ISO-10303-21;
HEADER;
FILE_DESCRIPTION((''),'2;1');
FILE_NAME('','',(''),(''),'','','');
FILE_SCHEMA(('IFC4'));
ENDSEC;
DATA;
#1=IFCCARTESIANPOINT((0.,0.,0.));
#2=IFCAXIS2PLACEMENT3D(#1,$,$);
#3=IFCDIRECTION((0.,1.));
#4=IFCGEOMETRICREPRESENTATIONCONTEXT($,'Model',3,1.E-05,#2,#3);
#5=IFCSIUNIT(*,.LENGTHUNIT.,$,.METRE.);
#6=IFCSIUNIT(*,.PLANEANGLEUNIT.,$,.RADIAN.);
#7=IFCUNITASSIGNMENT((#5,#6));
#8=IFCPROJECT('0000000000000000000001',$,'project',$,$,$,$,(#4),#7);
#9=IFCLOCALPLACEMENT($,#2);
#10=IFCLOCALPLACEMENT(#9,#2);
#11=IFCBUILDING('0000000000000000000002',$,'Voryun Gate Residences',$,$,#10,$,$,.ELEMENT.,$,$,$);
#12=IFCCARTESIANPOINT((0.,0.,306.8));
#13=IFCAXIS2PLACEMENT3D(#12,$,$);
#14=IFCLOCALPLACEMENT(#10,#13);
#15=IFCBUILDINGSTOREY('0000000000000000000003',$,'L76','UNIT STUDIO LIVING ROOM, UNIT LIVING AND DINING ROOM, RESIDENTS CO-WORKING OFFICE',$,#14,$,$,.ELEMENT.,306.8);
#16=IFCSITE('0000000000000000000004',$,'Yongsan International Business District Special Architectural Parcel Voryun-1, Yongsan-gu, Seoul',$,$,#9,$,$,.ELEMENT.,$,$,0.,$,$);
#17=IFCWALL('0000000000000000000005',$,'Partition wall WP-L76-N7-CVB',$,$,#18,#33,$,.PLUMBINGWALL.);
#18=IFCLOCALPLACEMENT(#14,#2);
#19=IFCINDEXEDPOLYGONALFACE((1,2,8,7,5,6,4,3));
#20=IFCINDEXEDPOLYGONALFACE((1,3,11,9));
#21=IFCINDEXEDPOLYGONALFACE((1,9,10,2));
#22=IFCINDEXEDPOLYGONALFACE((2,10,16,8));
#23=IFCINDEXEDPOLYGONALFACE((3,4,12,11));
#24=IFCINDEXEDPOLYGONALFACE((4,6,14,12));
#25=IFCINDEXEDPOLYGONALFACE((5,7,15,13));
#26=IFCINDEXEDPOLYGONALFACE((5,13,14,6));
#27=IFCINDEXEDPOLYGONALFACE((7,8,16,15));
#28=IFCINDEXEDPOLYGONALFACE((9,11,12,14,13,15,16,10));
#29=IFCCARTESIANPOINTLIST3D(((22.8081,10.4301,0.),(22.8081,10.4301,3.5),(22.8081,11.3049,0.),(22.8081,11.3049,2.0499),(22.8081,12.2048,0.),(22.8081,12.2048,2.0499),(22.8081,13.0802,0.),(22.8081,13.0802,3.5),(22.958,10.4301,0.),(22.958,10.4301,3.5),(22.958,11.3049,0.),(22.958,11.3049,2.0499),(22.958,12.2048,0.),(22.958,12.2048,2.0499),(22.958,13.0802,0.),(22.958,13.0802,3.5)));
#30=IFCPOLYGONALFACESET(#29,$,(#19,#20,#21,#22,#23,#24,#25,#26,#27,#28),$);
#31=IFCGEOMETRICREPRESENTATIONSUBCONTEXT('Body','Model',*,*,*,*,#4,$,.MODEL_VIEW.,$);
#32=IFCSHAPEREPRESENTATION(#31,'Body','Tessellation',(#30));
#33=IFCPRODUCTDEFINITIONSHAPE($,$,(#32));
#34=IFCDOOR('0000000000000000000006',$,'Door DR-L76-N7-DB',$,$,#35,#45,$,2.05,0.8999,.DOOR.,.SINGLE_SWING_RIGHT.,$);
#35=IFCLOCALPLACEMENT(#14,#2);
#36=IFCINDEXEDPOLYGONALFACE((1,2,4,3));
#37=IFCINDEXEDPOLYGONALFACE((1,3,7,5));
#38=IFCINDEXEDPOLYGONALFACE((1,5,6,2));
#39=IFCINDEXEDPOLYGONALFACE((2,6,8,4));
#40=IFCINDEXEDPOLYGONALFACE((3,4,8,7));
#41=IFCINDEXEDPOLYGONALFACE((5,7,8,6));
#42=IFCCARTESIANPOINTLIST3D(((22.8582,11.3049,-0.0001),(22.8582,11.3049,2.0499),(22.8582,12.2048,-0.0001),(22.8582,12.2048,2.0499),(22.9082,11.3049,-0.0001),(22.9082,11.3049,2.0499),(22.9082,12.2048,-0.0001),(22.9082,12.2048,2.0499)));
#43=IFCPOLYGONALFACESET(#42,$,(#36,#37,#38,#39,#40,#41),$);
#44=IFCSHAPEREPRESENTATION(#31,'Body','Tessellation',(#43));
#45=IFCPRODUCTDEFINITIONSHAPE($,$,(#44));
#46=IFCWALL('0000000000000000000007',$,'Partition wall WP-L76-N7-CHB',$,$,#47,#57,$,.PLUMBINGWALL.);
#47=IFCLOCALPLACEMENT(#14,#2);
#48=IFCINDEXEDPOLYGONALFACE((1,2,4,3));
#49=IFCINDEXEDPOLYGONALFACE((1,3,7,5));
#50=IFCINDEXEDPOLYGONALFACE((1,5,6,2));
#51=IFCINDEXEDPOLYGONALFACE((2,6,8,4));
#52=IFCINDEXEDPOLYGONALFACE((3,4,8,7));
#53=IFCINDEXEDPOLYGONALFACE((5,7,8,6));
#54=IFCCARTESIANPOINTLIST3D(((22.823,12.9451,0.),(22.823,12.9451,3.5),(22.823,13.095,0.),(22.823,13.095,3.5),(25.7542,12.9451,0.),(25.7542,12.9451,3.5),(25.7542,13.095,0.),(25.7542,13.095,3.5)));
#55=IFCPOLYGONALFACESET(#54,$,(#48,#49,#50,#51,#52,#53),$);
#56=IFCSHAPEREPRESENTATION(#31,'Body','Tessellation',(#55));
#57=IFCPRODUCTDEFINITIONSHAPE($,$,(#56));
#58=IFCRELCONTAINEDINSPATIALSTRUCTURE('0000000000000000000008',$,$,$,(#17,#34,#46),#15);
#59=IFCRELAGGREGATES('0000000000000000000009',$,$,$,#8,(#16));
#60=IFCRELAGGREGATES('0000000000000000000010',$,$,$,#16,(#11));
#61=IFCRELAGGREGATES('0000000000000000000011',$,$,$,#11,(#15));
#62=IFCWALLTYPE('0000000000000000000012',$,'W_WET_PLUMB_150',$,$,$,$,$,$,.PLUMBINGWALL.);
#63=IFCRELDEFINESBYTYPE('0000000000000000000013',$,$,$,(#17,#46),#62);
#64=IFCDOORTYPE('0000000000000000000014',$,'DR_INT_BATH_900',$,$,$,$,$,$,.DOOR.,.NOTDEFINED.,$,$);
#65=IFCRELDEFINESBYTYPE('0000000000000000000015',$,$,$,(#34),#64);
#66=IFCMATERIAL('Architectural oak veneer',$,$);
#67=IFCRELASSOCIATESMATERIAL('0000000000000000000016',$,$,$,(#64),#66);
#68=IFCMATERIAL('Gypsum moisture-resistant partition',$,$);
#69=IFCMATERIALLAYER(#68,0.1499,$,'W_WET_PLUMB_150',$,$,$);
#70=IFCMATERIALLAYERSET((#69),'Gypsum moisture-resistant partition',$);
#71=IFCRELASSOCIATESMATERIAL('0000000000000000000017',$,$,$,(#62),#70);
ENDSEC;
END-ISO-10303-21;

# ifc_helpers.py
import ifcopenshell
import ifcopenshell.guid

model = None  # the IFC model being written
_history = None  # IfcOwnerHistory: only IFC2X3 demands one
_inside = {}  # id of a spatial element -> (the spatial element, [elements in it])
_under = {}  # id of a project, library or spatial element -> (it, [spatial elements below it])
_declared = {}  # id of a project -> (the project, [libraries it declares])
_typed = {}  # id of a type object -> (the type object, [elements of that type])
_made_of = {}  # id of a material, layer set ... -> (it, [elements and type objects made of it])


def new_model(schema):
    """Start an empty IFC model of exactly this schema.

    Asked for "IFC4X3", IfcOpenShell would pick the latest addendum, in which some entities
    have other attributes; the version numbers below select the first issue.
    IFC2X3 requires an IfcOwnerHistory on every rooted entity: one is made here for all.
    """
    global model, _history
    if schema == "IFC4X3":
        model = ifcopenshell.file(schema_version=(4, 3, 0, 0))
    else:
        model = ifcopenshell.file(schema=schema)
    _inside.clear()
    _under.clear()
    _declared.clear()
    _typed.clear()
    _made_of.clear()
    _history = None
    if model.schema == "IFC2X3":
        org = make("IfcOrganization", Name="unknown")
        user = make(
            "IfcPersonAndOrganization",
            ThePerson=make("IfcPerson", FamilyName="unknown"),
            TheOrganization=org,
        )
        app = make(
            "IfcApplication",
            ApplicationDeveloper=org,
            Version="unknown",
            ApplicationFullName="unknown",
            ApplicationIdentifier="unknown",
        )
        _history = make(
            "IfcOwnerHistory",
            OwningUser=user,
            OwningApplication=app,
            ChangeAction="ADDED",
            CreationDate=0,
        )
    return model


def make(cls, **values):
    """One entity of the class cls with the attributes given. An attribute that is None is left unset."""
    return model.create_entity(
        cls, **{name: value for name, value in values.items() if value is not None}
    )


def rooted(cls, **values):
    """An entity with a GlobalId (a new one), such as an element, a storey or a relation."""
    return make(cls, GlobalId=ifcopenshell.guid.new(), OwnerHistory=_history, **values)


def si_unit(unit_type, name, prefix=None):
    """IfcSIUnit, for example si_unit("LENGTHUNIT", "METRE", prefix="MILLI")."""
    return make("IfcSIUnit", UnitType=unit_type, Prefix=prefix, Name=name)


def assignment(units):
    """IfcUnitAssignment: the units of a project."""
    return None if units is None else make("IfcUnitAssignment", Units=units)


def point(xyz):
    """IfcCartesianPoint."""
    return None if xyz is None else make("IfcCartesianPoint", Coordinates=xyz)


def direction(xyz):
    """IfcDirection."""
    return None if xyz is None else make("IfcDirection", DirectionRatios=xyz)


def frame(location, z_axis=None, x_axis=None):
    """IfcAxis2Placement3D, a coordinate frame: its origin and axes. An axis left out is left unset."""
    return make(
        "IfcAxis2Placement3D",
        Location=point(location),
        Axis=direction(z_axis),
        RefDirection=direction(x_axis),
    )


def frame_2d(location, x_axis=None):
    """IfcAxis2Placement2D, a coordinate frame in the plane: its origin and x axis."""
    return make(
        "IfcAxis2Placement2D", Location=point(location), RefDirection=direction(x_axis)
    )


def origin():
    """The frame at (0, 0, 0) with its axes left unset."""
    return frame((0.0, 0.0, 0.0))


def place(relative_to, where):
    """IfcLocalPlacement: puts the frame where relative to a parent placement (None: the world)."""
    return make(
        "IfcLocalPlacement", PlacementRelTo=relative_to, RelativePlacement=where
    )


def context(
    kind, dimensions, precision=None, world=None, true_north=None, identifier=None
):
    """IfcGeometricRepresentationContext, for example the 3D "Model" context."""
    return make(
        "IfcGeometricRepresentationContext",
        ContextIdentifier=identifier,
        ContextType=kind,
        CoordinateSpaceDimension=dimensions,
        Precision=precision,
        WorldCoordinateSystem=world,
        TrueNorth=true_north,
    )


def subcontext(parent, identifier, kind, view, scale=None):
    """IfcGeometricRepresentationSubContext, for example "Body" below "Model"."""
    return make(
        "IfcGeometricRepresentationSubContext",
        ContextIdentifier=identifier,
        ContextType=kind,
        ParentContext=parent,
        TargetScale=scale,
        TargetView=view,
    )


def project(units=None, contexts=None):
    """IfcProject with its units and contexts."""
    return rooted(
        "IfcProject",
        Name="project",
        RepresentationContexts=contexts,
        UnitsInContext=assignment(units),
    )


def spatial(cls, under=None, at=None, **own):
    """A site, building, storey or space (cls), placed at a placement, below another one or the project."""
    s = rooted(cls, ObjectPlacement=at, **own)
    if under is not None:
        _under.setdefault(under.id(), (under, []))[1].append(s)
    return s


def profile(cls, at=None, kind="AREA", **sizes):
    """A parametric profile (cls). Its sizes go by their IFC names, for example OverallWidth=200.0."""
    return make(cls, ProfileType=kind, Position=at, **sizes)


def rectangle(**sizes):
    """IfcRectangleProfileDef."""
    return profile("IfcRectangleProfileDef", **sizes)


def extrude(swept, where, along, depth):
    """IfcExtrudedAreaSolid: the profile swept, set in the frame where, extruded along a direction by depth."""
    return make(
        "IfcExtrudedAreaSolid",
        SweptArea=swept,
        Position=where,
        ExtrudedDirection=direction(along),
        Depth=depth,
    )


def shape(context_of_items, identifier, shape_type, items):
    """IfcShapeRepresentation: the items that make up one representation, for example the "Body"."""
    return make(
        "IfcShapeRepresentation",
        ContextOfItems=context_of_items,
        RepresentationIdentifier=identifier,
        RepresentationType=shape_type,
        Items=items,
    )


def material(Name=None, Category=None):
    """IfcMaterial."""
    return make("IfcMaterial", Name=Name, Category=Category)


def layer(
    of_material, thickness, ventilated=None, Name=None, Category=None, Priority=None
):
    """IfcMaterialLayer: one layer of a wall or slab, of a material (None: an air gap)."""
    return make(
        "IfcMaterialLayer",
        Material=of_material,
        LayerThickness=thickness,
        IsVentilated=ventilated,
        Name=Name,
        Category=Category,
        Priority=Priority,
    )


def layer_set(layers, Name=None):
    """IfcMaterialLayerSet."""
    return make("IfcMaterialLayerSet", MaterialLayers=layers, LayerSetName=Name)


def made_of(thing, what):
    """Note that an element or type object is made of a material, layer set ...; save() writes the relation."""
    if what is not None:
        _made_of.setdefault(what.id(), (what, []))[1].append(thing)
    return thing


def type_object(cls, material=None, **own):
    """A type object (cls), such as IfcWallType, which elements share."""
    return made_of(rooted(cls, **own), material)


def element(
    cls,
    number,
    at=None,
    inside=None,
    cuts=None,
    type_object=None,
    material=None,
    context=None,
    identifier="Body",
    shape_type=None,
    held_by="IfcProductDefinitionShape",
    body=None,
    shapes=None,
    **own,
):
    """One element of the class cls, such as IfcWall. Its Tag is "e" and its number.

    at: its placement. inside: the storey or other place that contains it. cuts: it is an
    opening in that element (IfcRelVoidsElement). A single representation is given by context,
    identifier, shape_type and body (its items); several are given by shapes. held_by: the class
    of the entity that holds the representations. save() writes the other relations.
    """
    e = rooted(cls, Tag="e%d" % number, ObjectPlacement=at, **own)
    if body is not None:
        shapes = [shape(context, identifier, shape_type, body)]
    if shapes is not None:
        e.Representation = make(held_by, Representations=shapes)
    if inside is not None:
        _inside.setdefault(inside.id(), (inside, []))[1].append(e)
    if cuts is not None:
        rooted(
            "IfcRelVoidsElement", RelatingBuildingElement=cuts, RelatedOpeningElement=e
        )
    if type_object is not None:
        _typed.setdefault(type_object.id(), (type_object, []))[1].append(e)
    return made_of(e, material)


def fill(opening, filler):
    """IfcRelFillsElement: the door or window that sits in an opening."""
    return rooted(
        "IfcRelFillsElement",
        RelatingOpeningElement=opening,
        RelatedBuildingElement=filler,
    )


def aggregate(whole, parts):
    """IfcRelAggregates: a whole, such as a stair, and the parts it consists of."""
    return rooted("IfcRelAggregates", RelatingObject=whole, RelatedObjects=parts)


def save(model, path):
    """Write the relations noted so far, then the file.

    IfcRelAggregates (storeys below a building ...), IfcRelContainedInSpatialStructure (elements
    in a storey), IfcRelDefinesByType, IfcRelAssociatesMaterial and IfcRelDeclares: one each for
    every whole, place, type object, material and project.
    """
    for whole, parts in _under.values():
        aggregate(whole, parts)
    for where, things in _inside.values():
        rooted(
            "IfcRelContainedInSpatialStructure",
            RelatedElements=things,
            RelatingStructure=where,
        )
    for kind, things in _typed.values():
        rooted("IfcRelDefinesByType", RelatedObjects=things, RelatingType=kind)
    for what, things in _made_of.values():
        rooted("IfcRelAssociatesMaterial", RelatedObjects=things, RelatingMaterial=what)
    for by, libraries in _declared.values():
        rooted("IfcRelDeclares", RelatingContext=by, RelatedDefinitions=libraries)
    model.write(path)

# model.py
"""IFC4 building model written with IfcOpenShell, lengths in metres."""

from ifc_helpers import new_model, si_unit, direction, frame, frame_2d, origin, place, context, subcontext, project, spatial, rectangle, extrude, material, layer, layer_set, type_object, element, fill, save


model = new_model("IFC4")

# Units and contexts
model_context = context("Model", 3, precision=1e-05, world=origin(), true_north=direction((0.0, 1.0)))
body_context = subcontext(model_context, "Body", "Model", "MODEL_VIEW")
ifc_project = project(units=[si_unit("LENGTHUNIT", "METRE"), si_unit("PLANEANGLEUNIT", "RADIAN")], contexts=[model_context])

# Site, building, storey
site_placement = place(None, origin())
site = spatial("IfcSite", under=ifc_project, at=site_placement, Name="Yongsan International Business District Special Architectural Parcel Voryun-1, Yongsan-gu, Seoul", CompositionType="ELEMENT", RefElevation=0.0)
building_placement = place(site_placement, origin())
building = spatial("IfcBuilding", under=site, at=building_placement, Name="Voryun Gate Residences", CompositionType="ELEMENT")
storey_placement = place(building_placement, frame((0.0, 0.0, 306.8)))
storey = spatial("IfcBuildingStorey", under=building, at=storey_placement, Name="L76", Description="UNIT STUDIO LIVING ROOM, UNIT LIVING AND DINING ROOM, RESIDENTS CO-WORKING OFFICE", CompositionType="ELEMENT", Elevation=306.8)

# Shared definitions
ifc_material_1 = material(Name="Architectural oak veneer")
door_type = type_object("IfcDoorType", Name="DR_INT_BATH_900", OperationType="NOTDEFINED", PredefinedType="DOOR", material=ifc_material_1)

# Wall, opening, door
ifc_material_2 = material(Name="Gypsum moisture-resistant partition")
ifc_layer_1 = layer(ifc_material_2, 0.1499, Name="W_WET_PLUMB_150")
ifc_layer_set_1 = layer_set([ifc_layer_1], Name="Gypsum moisture-resistant partition")
wall_type_1 = type_object("IfcWallType", Name="W_WET_PLUMB_150", PredefinedType="PLUMBINGWALL", material=ifc_layer_set_1)
wall_1_placement = place(storey_placement, frame((22.8831, 10.4299, 0.0), z_axis=(0.0, 0.0, 1.0), x_axis=(0.0, 1.0, 0.0)))
wall_1 = element("IfcWall", 1, at=wall_1_placement, inside=storey, type_object=wall_type_1, Name="Partition wall WP-L76-N7-CVB", PredefinedType="PLUMBINGWALL", context=body_context, shape_type="SweptSolid", body=[
    extrude(rectangle(XDim=2.6501, YDim=0.1499, at=frame_2d((1.3252, 0.0))), origin(), (0.0, 0.0, 1.0), 3.5),
])
opening_1_placement = place(wall_1_placement, frame((0.875, 0.0, 0.0)))
opening_1 = element("IfcOpeningElement", 2, at=opening_1_placement, cuts=wall_1, PredefinedType="OPENING", context=body_context, shape_type="SweptSolid", body=[
    extrude(rectangle(XDim=0.8999, YDim=2.05, at=frame_2d((0.45, 1.0249))), frame((0.0, 0.085, 0.0), z_axis=(0.0, -1.0, 0.0), x_axis=(1.0, 0.0, 0.0)), (0.0, 0.0, 1.0), 0.1699),
])
door_1_placement = place(opening_1_placement, origin())
door_1 = element("IfcDoor", 3, at=door_1_placement, inside=storey, type_object=door_type, Name="Door DR-L76-N7-DB", OperationType="SINGLE_SWING_RIGHT", OverallHeight=2.05, OverallWidth=0.8999, PredefinedType="DOOR", context=body_context, shape_type="SweptSolid", body=[
    extrude(rectangle(XDim=0.8999, YDim=2.05, at=frame_2d((0.45, 1.0249))), frame((0.0, 0.0249, 0.0), z_axis=(0.0, -1.0, 0.0), x_axis=(1.0, 0.0, 0.0)), (0.0, 0.0, 1.0), 0.05),
])
fill(opening_1, door_1)

# Wall
wall_2_placement = place(storey_placement, frame((22.823, 13.02, 0.0), z_axis=(0.0, 0.0, 1.0), x_axis=(1.0, 0.0, 0.0)))
element("IfcWall", 4, at=wall_2_placement, inside=storey, type_object=wall_type_1, Name="Partition wall WP-L76-N7-CHB", PredefinedType="PLUMBINGWALL", context=body_context, shape_type="SweptSolid", body=[
    extrude(rectangle(XDim=2.9312, YDim=0.1499, at=frame_2d((1.4656, 0.0))), origin(), (0.0, 0.0, 1.0), 3.5),
])

save(model, "model.ifc")
